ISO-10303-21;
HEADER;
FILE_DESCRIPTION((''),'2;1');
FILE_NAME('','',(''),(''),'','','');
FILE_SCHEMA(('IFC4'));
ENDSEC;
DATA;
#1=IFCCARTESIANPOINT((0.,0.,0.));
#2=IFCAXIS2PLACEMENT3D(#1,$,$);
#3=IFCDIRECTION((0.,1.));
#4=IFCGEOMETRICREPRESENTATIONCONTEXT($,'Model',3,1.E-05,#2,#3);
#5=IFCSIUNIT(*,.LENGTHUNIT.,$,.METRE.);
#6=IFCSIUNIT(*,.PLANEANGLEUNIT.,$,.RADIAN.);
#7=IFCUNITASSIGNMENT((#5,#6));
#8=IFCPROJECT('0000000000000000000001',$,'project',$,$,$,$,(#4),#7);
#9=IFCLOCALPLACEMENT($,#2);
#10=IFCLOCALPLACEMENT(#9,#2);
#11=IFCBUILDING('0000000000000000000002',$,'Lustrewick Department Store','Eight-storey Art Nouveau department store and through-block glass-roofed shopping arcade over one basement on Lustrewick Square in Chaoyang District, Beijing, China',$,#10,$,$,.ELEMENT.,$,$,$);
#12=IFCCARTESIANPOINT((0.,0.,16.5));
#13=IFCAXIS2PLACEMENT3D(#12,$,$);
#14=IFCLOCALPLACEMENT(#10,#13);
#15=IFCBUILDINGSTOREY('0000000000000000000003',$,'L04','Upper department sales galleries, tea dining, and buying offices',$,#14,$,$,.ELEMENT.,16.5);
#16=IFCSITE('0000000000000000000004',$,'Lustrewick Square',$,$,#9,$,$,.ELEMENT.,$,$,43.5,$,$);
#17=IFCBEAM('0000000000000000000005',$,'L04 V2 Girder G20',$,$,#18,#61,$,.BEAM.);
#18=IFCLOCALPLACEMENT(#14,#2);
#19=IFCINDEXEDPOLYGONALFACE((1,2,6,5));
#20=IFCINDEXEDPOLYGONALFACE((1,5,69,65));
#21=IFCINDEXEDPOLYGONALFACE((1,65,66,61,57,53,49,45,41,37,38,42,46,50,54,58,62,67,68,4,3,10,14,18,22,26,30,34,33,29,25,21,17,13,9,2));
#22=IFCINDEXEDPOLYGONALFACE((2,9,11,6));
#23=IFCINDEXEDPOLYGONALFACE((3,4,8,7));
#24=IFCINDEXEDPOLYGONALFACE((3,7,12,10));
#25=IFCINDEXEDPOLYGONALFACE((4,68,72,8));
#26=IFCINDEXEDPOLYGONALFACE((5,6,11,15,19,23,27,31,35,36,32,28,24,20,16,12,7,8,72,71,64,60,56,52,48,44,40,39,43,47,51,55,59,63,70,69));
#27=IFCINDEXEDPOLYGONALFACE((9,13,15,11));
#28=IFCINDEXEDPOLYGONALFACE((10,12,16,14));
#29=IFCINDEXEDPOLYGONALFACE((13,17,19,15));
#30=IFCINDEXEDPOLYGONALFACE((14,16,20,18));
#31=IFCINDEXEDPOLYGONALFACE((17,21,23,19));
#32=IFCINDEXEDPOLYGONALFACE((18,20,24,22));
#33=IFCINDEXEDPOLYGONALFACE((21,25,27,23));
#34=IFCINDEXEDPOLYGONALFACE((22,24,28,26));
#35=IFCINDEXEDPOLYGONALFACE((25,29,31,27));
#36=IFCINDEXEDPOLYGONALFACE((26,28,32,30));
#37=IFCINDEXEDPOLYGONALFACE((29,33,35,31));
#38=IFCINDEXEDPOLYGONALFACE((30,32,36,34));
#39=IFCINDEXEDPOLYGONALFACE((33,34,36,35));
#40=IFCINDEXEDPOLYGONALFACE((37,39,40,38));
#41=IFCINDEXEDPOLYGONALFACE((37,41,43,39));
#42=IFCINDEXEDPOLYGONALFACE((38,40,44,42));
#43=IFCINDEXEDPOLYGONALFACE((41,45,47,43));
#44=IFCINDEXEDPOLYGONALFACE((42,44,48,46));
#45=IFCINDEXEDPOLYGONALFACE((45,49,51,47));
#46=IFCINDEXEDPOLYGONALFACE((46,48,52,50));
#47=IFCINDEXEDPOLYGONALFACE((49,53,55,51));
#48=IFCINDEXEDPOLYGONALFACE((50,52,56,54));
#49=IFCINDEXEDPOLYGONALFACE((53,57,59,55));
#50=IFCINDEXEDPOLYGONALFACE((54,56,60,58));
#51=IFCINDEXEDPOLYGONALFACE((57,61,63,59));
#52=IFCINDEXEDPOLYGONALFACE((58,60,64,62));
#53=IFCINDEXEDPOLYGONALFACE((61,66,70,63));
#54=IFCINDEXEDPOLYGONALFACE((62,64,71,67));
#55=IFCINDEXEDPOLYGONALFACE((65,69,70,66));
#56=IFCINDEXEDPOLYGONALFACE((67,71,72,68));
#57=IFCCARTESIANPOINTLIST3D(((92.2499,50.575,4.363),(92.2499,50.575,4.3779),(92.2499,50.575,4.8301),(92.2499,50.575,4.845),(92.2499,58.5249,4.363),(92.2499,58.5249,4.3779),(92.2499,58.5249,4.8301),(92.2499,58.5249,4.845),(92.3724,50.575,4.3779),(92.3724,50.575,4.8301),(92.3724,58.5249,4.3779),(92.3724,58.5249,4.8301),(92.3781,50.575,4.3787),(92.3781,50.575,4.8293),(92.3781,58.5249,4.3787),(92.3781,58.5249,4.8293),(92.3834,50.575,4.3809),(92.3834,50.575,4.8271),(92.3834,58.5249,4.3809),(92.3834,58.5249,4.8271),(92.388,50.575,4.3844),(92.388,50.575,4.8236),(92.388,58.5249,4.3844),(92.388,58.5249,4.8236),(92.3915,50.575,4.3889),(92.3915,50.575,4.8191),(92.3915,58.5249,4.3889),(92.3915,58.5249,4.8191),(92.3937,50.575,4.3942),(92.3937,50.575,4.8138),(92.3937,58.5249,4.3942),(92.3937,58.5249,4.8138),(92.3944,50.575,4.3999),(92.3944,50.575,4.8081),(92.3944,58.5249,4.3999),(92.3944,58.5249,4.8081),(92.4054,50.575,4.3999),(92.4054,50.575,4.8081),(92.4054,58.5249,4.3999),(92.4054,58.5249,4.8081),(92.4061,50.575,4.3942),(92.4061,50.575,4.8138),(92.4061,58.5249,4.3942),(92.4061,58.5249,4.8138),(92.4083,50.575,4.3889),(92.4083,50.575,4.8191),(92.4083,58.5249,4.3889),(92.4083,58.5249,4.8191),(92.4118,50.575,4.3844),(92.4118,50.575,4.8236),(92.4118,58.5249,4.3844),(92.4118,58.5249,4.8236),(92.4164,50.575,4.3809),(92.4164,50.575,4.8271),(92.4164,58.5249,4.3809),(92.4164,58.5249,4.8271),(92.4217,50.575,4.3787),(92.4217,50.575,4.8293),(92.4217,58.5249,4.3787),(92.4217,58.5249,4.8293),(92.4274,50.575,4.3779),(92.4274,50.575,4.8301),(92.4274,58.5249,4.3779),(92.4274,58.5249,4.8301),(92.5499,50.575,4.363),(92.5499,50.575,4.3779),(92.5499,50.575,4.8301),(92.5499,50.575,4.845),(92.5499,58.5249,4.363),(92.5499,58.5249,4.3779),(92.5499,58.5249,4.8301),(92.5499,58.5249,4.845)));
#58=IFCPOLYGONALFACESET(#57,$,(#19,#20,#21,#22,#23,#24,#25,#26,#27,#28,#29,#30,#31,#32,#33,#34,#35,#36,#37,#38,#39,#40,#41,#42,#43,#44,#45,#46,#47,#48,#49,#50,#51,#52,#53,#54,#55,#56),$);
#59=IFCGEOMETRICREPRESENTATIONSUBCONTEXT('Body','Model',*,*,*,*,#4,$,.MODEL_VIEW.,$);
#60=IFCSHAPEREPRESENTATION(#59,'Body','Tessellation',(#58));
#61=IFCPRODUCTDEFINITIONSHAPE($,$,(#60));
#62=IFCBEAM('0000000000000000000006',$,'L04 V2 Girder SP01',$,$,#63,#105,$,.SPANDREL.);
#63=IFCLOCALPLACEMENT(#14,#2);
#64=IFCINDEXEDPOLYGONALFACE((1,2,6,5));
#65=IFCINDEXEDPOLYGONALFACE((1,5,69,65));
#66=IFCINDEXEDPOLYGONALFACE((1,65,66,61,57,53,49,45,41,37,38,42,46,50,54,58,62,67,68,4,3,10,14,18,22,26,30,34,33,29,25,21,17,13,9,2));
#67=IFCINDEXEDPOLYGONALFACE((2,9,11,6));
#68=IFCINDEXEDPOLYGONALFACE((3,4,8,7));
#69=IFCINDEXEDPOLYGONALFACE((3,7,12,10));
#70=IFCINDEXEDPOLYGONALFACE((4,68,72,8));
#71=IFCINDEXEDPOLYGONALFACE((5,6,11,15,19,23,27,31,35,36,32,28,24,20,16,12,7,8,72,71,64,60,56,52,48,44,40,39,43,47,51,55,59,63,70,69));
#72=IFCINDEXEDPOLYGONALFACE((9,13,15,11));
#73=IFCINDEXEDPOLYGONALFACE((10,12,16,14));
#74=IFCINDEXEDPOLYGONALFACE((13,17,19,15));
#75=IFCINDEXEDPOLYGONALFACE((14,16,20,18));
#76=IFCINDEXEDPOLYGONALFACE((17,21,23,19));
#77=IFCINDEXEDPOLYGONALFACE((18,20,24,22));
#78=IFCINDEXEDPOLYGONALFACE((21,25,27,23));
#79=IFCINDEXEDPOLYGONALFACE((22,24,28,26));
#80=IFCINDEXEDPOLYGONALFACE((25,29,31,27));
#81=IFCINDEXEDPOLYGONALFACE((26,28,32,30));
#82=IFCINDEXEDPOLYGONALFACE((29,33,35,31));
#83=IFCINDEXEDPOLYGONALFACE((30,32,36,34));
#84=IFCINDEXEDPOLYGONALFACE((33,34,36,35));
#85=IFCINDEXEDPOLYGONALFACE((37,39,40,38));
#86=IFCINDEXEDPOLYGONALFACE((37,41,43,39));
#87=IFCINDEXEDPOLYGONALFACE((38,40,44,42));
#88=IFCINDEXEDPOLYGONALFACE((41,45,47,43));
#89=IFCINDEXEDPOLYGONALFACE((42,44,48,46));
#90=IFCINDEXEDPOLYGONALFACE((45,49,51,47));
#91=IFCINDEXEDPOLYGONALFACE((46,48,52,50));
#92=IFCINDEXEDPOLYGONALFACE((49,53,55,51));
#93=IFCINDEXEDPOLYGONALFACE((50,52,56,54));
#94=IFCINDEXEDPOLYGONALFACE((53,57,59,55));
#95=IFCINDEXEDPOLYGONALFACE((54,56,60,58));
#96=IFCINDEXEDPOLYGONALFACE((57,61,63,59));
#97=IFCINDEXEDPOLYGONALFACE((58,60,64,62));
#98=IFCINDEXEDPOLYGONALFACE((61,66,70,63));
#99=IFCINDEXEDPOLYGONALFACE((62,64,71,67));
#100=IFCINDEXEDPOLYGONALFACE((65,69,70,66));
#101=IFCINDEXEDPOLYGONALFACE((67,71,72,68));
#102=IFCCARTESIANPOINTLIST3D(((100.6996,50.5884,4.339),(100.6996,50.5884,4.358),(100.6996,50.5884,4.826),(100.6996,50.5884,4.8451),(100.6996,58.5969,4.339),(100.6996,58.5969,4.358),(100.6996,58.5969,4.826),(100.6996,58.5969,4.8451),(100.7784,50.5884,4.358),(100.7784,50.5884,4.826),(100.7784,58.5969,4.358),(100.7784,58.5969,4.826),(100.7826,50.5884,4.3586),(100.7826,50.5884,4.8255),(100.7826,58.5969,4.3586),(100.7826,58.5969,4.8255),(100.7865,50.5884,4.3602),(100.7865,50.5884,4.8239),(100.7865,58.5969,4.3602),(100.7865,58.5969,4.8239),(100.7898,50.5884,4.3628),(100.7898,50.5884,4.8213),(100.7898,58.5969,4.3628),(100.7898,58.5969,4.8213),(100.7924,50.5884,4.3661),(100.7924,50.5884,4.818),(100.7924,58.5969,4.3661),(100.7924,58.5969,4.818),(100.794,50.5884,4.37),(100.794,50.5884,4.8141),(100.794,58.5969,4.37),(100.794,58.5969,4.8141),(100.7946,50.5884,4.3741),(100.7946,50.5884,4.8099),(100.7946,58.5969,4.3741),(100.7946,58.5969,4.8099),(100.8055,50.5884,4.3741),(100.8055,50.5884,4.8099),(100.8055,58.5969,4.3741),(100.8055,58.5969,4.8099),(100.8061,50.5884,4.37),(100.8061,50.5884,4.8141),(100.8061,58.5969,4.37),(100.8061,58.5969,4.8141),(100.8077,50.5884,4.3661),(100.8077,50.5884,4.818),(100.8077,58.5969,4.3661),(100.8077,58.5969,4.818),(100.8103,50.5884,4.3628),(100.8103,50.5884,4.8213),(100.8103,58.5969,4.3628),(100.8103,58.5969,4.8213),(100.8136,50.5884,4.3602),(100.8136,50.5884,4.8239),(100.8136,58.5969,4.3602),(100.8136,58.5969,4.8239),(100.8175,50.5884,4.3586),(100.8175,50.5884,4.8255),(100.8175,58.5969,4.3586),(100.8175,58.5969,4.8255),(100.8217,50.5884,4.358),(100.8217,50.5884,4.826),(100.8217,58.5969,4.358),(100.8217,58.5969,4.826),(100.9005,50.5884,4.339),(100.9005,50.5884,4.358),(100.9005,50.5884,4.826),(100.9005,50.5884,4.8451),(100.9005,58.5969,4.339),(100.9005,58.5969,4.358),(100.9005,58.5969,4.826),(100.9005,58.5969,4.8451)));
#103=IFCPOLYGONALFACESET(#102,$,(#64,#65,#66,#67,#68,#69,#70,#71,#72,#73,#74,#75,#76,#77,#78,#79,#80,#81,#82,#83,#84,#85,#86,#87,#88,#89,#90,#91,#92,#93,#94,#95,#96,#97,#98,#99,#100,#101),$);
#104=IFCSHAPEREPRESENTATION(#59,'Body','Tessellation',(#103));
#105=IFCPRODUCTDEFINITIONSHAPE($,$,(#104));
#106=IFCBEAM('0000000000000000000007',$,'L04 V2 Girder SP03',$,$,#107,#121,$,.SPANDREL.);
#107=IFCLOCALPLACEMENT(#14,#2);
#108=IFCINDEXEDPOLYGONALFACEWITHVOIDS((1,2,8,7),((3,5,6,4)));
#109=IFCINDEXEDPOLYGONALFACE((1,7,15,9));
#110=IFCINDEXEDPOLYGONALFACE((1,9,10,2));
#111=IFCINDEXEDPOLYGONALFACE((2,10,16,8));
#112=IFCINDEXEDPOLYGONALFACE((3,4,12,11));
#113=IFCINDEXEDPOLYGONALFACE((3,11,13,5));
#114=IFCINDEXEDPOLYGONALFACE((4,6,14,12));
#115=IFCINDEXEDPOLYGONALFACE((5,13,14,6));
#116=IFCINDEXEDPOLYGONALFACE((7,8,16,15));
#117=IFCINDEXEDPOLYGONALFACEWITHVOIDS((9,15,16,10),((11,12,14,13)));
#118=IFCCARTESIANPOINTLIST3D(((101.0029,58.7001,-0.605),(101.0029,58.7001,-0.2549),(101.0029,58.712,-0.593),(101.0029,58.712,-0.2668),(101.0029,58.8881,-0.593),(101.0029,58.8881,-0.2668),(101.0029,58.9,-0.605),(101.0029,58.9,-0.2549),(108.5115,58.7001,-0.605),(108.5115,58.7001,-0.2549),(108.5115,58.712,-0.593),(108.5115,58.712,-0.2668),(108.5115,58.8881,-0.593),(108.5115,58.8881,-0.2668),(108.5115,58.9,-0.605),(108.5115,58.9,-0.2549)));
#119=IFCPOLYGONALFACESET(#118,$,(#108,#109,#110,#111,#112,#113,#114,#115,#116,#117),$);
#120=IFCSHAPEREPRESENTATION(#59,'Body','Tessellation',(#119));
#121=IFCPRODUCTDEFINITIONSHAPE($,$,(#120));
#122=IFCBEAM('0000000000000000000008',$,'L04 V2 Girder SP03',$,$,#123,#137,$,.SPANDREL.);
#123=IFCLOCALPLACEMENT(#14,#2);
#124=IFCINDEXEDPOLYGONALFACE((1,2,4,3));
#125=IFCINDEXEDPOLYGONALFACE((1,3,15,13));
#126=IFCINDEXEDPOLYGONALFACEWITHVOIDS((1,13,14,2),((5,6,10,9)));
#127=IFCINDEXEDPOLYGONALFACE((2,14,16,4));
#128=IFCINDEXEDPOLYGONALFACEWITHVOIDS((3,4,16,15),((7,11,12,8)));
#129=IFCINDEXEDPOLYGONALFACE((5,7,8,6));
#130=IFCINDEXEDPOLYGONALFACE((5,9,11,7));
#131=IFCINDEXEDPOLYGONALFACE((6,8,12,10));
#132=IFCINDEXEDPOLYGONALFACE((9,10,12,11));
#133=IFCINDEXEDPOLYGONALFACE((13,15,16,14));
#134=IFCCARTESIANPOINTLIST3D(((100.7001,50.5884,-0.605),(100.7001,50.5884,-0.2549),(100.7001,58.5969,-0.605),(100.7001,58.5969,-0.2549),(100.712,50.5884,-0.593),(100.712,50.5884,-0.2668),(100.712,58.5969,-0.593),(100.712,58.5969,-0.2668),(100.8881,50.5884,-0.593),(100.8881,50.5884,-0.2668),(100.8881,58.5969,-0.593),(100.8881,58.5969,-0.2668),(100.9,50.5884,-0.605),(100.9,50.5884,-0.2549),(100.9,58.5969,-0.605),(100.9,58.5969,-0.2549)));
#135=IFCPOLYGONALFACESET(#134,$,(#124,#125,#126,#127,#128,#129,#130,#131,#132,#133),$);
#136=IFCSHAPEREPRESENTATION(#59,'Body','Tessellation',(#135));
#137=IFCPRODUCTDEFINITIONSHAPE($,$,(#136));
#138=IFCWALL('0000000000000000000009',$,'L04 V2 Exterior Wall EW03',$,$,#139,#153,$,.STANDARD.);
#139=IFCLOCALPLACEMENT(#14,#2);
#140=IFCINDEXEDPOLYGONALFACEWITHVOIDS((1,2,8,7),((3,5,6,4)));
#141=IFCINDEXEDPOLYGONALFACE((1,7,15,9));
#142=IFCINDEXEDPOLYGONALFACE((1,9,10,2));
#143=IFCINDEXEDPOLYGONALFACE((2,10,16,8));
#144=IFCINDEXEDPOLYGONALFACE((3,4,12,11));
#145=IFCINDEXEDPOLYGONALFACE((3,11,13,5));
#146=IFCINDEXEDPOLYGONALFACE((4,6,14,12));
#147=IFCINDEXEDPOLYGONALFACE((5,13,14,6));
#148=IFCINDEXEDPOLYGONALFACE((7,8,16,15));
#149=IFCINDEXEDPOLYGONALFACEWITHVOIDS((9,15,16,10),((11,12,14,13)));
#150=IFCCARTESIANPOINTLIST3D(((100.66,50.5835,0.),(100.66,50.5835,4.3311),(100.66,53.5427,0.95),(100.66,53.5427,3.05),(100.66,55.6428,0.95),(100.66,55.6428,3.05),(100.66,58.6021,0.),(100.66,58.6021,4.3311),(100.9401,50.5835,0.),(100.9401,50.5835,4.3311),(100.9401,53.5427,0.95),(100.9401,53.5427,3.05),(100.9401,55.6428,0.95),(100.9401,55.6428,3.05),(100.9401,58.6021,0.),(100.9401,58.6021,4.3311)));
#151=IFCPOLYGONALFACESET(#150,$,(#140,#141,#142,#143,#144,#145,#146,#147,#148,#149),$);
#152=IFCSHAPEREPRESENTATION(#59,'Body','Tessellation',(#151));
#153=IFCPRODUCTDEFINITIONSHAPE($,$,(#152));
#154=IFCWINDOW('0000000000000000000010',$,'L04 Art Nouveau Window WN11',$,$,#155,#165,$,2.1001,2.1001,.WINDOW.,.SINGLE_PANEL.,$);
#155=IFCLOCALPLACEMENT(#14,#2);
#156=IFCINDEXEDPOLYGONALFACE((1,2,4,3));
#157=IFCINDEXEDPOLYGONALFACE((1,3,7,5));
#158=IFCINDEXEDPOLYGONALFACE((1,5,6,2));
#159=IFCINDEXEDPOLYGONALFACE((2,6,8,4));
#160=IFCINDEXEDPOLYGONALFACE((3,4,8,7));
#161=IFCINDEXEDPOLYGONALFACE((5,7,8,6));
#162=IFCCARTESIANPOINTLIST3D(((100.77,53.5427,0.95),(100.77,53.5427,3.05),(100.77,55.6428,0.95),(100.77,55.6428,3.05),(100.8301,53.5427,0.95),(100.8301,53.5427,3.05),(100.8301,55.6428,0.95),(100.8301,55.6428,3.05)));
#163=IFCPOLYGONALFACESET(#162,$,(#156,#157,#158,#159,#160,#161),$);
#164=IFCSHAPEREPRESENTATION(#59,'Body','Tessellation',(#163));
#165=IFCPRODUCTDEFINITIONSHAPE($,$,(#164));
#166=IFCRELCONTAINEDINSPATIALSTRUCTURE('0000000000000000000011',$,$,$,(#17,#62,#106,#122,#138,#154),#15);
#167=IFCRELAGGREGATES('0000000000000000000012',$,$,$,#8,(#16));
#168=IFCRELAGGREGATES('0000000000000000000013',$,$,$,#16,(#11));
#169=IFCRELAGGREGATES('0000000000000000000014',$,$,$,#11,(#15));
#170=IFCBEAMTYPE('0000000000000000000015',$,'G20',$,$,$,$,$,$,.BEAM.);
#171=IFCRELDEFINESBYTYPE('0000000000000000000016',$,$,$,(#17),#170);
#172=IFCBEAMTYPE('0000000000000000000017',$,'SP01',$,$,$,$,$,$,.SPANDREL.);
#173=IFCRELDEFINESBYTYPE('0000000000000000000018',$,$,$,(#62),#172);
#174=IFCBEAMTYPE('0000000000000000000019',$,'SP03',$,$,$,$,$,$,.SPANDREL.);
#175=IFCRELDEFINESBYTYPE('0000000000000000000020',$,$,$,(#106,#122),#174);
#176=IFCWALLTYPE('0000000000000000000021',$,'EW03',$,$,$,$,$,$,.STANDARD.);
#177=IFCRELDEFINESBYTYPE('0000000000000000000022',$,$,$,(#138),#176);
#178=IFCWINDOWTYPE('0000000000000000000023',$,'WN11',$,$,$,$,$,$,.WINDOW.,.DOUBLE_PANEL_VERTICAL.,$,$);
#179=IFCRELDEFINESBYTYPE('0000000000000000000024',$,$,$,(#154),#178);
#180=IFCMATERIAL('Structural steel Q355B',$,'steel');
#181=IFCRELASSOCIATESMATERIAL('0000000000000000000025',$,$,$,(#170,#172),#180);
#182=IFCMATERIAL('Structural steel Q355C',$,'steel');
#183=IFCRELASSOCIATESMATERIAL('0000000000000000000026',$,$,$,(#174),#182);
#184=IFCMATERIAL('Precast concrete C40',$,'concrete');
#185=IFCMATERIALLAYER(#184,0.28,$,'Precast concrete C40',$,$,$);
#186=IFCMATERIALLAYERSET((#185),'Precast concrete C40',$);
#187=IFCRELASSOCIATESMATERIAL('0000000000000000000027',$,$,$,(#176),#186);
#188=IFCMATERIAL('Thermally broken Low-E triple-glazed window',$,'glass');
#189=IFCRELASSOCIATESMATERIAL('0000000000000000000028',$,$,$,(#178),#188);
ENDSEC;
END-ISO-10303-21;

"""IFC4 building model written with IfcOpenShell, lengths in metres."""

from ifc_helpers import new_model, si_unit, direction, frame, frame_2d, origin, origin_2d, place, context, subcontext, project, spatial, rectangle, hollow_rectangle, i_section, extrude, material, layer, layer_set, material_profile, profile_set, type_object, element, fill, save


model = new_model("IFC4")

# Units and contexts
model_context = context("Model", 3, precision=1e-05, world=origin(), true_north=direction((0.0, 1.0)))
body_context = subcontext(model_context, "Body", "Model", "MODEL_VIEW")
ifc_project = project(units=[si_unit("LENGTHUNIT", "METRE"), si_unit("PLANEANGLEUNIT", "RADIAN")], contexts=[model_context])

# Site, building, storey
site_placement = place(None, origin())
site = spatial("IfcSite", under=ifc_project, at=site_placement, Name="Lustrewick Square", CompositionType="ELEMENT", RefElevation=43.5)
building_placement = place(site_placement, origin())
building = spatial("IfcBuilding", under=site, at=building_placement, Name="Lustrewick Department Store", Description="Eight-storey Art Nouveau department store and through-block glass-roofed shopping arcade over one basement on Lustrewick Square in Chaoyang District, Beijing, China", CompositionType="ELEMENT")
storey_placement = place(building_placement, frame((0.0, 0.0, 16.5)))
storey = spatial("IfcBuildingStorey", under=building, at=storey_placement, Name="L04", Description="Upper department sales galleries, tea dining, and buying offices", CompositionType="ELEMENT", Elevation=16.5)

# Shared definitions
ifc_material_1 = material(Name="Structural steel Q355C", Category="steel")
ifc_material_2 = material(Name="Structural steel Q355B", Category="steel")

# Beams
ifc_material_profile_1 = material_profile(ifc_material_2, i_section(OverallWidth=0.3, OverallDepth=0.4819, WebThickness=0.011, FlangeThickness=0.0149, FilletRadius=0.022, at=origin_2d()), Name="HM 482x300x11x15")
ifc_profile_set_1 = profile_set([ifc_material_profile_1], Name="Structural steel Q355B")
beam_type_1 = type_object("IfcBeamType", Name="G20", PredefinedType="BEAM", material=ifc_profile_set_1)
beam_1_placement = place(storey_placement, frame((92.3999, 50.575, 4.604), z_axis=(0.0, 1.0, 0.0), x_axis=(-1.0, 0.0, 0.0)))
element("IfcBeam", 1, at=beam_1_placement, inside=storey, type_object=beam_type_1, Name="L04 V2 Girder G20", PredefinedType="BEAM", context=body_context, shape_type="SweptSolid", body=[
    extrude(i_section(OverallWidth=0.3, OverallDepth=0.4819, WebThickness=0.011, FlangeThickness=0.0149, FilletRadius=0.022, at=origin_2d()), origin(), (0.0, 0.0, 1.0), 7.95),
])
ifc_material_profile_2 = material_profile(ifc_material_2, i_section(OverallWidth=0.2009, OverallDepth=0.5061, WebThickness=0.011, FlangeThickness=0.019, FilletRadius=0.0161, at=origin_2d()), Name="HN 506x201x11x19")
ifc_profile_set_2 = profile_set([ifc_material_profile_2], Name="Structural steel Q355B")
beam_type_2 = type_object("IfcBeamType", Name="SP01", PredefinedType="SPANDREL", material=ifc_profile_set_2)
beam_2_placement = place(storey_placement, frame((100.8, 50.5884, 4.592), z_axis=(0.0, 1.0, 0.0), x_axis=(-1.0, 0.0, 0.0)))
element("IfcBeam", 2, at=beam_2_placement, inside=storey, type_object=beam_type_2, Name="L04 V2 Girder SP01", PredefinedType="SPANDREL", context=body_context, shape_type="SweptSolid", body=[
    extrude(i_section(OverallWidth=0.2009, OverallDepth=0.5061, WebThickness=0.011, FlangeThickness=0.019, FilletRadius=0.0161, at=origin_2d()), origin(), (0.0, 0.0, 1.0), 8.0085),
])
ifc_material_profile_3 = material_profile(ifc_material_1, hollow_rectangle(XDim=0.2, YDim=0.3501, WallThickness=0.012, at=origin_2d()), Name="RHS 350x200x12")
ifc_profile_set_3 = profile_set([ifc_material_profile_3], Name="Structural steel Q355C")
beam_type_3 = type_object("IfcBeamType", Name="SP03", PredefinedType="SPANDREL", material=ifc_profile_set_3)
beam_3_placement = place(storey_placement, frame((101.0029, 58.8, -0.4299), z_axis=(1.0, 0.0, 0.0), x_axis=(0.0, 1.0, 0.0)))
element("IfcBeam", 3, at=beam_3_placement, inside=storey, type_object=beam_type_3, Name="L04 V2 Girder SP03", PredefinedType="SPANDREL", context=body_context, shape_type="SweptSolid", body=[
    extrude(hollow_rectangle(XDim=0.2, YDim=0.3501, WallThickness=0.012, at=origin_2d()), origin(), (0.0, 0.0, 1.0), 7.5085),
])
beam_4_placement = place(storey_placement, frame((100.8, 50.5884, -0.4299), z_axis=(0.0, 1.0, 0.0), x_axis=(-1.0, 0.0, 0.0)))
element("IfcBeam", 4, at=beam_4_placement, inside=storey, type_object=beam_type_3, Name="L04 V2 Girder SP03", PredefinedType="SPANDREL", context=body_context, shape_type="SweptSolid", body=[
    extrude(hollow_rectangle(XDim=0.2, YDim=0.3501, WallThickness=0.012, at=origin_2d()), origin(), (0.0, 0.0, 1.0), 8.0085),
])

# Wall, opening, window
ifc_material_3 = material(Name="Precast concrete C40", Category="concrete")
ifc_layer_1 = layer(ifc_material_3, 0.28, Name="Precast concrete C40")
ifc_layer_set_1 = layer_set([ifc_layer_1], Name="Precast concrete C40")
wall_type_1 = type_object("IfcWallType", Name="EW03", PredefinedType="STANDARD", material=ifc_layer_set_1)
wall_1_placement = place(storey_placement, frame((100.8, 50.5835, 0.0), z_axis=(0.0, 0.0, 1.0), x_axis=(0.0, 1.0, 0.0)))
wall_1 = element("IfcWall", 5, at=wall_1_placement, inside=storey, type_object=wall_type_1, Name="L04 V2 Exterior Wall EW03", PredefinedType="STANDARD", context=body_context, shape_type="SweptSolid", body=[
    extrude(rectangle(XDim=8.0186, YDim=0.28, at=frame_2d((4.0093, 0.0))), origin(), (0.0, 0.0, 1.0), 4.3311),
])
opening_1_placement = place(wall_1_placement, frame((2.9592, 0.0, 0.95)))
opening_1 = element("IfcOpeningElement", 6, at=opening_1_placement, cuts=wall_1, PredefinedType="OPENING", context=body_context, shape_type="SweptSolid", body=[
    extrude(rectangle(XDim=2.1001, YDim=2.1001, at=frame_2d((1.05, 1.05))), frame((0.0, 0.1499, 0.0), z_axis=(0.0, -1.0, 0.0), x_axis=(1.0, 0.0, 0.0)), (0.0, 0.0, 1.0), 0.3),
])
ifc_material_4 = material(Name="Thermally broken Low-E triple-glazed window", Category="glass")
window_type_1 = type_object("IfcWindowType", Name="WN11", PartitioningType="DOUBLE_PANEL_VERTICAL", PredefinedType="WINDOW", material=ifc_material_4)
window_1_placement = place(opening_1_placement, origin())
window_1 = element("IfcWindow", 7, at=window_1_placement, inside=storey, type_object=window_type_1, Name="L04 Art Nouveau Window WN11", OverallHeight=2.1001, OverallWidth=2.1001, PartitioningType="SINGLE_PANEL", PredefinedType="WINDOW", context=body_context, shape_type="SweptSolid", body=[
    extrude(rectangle(XDim=2.1001, YDim=2.1001, at=frame_2d((1.05, 1.05))), frame((0.0, 0.03, 0.0), z_axis=(0.0, -1.0, 0.0), x_axis=(1.0, 0.0, 0.0)), (0.0, 0.0, 1.0), 0.0601),
])
fill(opening_1, window_1)

save(model, "model.ifc")
